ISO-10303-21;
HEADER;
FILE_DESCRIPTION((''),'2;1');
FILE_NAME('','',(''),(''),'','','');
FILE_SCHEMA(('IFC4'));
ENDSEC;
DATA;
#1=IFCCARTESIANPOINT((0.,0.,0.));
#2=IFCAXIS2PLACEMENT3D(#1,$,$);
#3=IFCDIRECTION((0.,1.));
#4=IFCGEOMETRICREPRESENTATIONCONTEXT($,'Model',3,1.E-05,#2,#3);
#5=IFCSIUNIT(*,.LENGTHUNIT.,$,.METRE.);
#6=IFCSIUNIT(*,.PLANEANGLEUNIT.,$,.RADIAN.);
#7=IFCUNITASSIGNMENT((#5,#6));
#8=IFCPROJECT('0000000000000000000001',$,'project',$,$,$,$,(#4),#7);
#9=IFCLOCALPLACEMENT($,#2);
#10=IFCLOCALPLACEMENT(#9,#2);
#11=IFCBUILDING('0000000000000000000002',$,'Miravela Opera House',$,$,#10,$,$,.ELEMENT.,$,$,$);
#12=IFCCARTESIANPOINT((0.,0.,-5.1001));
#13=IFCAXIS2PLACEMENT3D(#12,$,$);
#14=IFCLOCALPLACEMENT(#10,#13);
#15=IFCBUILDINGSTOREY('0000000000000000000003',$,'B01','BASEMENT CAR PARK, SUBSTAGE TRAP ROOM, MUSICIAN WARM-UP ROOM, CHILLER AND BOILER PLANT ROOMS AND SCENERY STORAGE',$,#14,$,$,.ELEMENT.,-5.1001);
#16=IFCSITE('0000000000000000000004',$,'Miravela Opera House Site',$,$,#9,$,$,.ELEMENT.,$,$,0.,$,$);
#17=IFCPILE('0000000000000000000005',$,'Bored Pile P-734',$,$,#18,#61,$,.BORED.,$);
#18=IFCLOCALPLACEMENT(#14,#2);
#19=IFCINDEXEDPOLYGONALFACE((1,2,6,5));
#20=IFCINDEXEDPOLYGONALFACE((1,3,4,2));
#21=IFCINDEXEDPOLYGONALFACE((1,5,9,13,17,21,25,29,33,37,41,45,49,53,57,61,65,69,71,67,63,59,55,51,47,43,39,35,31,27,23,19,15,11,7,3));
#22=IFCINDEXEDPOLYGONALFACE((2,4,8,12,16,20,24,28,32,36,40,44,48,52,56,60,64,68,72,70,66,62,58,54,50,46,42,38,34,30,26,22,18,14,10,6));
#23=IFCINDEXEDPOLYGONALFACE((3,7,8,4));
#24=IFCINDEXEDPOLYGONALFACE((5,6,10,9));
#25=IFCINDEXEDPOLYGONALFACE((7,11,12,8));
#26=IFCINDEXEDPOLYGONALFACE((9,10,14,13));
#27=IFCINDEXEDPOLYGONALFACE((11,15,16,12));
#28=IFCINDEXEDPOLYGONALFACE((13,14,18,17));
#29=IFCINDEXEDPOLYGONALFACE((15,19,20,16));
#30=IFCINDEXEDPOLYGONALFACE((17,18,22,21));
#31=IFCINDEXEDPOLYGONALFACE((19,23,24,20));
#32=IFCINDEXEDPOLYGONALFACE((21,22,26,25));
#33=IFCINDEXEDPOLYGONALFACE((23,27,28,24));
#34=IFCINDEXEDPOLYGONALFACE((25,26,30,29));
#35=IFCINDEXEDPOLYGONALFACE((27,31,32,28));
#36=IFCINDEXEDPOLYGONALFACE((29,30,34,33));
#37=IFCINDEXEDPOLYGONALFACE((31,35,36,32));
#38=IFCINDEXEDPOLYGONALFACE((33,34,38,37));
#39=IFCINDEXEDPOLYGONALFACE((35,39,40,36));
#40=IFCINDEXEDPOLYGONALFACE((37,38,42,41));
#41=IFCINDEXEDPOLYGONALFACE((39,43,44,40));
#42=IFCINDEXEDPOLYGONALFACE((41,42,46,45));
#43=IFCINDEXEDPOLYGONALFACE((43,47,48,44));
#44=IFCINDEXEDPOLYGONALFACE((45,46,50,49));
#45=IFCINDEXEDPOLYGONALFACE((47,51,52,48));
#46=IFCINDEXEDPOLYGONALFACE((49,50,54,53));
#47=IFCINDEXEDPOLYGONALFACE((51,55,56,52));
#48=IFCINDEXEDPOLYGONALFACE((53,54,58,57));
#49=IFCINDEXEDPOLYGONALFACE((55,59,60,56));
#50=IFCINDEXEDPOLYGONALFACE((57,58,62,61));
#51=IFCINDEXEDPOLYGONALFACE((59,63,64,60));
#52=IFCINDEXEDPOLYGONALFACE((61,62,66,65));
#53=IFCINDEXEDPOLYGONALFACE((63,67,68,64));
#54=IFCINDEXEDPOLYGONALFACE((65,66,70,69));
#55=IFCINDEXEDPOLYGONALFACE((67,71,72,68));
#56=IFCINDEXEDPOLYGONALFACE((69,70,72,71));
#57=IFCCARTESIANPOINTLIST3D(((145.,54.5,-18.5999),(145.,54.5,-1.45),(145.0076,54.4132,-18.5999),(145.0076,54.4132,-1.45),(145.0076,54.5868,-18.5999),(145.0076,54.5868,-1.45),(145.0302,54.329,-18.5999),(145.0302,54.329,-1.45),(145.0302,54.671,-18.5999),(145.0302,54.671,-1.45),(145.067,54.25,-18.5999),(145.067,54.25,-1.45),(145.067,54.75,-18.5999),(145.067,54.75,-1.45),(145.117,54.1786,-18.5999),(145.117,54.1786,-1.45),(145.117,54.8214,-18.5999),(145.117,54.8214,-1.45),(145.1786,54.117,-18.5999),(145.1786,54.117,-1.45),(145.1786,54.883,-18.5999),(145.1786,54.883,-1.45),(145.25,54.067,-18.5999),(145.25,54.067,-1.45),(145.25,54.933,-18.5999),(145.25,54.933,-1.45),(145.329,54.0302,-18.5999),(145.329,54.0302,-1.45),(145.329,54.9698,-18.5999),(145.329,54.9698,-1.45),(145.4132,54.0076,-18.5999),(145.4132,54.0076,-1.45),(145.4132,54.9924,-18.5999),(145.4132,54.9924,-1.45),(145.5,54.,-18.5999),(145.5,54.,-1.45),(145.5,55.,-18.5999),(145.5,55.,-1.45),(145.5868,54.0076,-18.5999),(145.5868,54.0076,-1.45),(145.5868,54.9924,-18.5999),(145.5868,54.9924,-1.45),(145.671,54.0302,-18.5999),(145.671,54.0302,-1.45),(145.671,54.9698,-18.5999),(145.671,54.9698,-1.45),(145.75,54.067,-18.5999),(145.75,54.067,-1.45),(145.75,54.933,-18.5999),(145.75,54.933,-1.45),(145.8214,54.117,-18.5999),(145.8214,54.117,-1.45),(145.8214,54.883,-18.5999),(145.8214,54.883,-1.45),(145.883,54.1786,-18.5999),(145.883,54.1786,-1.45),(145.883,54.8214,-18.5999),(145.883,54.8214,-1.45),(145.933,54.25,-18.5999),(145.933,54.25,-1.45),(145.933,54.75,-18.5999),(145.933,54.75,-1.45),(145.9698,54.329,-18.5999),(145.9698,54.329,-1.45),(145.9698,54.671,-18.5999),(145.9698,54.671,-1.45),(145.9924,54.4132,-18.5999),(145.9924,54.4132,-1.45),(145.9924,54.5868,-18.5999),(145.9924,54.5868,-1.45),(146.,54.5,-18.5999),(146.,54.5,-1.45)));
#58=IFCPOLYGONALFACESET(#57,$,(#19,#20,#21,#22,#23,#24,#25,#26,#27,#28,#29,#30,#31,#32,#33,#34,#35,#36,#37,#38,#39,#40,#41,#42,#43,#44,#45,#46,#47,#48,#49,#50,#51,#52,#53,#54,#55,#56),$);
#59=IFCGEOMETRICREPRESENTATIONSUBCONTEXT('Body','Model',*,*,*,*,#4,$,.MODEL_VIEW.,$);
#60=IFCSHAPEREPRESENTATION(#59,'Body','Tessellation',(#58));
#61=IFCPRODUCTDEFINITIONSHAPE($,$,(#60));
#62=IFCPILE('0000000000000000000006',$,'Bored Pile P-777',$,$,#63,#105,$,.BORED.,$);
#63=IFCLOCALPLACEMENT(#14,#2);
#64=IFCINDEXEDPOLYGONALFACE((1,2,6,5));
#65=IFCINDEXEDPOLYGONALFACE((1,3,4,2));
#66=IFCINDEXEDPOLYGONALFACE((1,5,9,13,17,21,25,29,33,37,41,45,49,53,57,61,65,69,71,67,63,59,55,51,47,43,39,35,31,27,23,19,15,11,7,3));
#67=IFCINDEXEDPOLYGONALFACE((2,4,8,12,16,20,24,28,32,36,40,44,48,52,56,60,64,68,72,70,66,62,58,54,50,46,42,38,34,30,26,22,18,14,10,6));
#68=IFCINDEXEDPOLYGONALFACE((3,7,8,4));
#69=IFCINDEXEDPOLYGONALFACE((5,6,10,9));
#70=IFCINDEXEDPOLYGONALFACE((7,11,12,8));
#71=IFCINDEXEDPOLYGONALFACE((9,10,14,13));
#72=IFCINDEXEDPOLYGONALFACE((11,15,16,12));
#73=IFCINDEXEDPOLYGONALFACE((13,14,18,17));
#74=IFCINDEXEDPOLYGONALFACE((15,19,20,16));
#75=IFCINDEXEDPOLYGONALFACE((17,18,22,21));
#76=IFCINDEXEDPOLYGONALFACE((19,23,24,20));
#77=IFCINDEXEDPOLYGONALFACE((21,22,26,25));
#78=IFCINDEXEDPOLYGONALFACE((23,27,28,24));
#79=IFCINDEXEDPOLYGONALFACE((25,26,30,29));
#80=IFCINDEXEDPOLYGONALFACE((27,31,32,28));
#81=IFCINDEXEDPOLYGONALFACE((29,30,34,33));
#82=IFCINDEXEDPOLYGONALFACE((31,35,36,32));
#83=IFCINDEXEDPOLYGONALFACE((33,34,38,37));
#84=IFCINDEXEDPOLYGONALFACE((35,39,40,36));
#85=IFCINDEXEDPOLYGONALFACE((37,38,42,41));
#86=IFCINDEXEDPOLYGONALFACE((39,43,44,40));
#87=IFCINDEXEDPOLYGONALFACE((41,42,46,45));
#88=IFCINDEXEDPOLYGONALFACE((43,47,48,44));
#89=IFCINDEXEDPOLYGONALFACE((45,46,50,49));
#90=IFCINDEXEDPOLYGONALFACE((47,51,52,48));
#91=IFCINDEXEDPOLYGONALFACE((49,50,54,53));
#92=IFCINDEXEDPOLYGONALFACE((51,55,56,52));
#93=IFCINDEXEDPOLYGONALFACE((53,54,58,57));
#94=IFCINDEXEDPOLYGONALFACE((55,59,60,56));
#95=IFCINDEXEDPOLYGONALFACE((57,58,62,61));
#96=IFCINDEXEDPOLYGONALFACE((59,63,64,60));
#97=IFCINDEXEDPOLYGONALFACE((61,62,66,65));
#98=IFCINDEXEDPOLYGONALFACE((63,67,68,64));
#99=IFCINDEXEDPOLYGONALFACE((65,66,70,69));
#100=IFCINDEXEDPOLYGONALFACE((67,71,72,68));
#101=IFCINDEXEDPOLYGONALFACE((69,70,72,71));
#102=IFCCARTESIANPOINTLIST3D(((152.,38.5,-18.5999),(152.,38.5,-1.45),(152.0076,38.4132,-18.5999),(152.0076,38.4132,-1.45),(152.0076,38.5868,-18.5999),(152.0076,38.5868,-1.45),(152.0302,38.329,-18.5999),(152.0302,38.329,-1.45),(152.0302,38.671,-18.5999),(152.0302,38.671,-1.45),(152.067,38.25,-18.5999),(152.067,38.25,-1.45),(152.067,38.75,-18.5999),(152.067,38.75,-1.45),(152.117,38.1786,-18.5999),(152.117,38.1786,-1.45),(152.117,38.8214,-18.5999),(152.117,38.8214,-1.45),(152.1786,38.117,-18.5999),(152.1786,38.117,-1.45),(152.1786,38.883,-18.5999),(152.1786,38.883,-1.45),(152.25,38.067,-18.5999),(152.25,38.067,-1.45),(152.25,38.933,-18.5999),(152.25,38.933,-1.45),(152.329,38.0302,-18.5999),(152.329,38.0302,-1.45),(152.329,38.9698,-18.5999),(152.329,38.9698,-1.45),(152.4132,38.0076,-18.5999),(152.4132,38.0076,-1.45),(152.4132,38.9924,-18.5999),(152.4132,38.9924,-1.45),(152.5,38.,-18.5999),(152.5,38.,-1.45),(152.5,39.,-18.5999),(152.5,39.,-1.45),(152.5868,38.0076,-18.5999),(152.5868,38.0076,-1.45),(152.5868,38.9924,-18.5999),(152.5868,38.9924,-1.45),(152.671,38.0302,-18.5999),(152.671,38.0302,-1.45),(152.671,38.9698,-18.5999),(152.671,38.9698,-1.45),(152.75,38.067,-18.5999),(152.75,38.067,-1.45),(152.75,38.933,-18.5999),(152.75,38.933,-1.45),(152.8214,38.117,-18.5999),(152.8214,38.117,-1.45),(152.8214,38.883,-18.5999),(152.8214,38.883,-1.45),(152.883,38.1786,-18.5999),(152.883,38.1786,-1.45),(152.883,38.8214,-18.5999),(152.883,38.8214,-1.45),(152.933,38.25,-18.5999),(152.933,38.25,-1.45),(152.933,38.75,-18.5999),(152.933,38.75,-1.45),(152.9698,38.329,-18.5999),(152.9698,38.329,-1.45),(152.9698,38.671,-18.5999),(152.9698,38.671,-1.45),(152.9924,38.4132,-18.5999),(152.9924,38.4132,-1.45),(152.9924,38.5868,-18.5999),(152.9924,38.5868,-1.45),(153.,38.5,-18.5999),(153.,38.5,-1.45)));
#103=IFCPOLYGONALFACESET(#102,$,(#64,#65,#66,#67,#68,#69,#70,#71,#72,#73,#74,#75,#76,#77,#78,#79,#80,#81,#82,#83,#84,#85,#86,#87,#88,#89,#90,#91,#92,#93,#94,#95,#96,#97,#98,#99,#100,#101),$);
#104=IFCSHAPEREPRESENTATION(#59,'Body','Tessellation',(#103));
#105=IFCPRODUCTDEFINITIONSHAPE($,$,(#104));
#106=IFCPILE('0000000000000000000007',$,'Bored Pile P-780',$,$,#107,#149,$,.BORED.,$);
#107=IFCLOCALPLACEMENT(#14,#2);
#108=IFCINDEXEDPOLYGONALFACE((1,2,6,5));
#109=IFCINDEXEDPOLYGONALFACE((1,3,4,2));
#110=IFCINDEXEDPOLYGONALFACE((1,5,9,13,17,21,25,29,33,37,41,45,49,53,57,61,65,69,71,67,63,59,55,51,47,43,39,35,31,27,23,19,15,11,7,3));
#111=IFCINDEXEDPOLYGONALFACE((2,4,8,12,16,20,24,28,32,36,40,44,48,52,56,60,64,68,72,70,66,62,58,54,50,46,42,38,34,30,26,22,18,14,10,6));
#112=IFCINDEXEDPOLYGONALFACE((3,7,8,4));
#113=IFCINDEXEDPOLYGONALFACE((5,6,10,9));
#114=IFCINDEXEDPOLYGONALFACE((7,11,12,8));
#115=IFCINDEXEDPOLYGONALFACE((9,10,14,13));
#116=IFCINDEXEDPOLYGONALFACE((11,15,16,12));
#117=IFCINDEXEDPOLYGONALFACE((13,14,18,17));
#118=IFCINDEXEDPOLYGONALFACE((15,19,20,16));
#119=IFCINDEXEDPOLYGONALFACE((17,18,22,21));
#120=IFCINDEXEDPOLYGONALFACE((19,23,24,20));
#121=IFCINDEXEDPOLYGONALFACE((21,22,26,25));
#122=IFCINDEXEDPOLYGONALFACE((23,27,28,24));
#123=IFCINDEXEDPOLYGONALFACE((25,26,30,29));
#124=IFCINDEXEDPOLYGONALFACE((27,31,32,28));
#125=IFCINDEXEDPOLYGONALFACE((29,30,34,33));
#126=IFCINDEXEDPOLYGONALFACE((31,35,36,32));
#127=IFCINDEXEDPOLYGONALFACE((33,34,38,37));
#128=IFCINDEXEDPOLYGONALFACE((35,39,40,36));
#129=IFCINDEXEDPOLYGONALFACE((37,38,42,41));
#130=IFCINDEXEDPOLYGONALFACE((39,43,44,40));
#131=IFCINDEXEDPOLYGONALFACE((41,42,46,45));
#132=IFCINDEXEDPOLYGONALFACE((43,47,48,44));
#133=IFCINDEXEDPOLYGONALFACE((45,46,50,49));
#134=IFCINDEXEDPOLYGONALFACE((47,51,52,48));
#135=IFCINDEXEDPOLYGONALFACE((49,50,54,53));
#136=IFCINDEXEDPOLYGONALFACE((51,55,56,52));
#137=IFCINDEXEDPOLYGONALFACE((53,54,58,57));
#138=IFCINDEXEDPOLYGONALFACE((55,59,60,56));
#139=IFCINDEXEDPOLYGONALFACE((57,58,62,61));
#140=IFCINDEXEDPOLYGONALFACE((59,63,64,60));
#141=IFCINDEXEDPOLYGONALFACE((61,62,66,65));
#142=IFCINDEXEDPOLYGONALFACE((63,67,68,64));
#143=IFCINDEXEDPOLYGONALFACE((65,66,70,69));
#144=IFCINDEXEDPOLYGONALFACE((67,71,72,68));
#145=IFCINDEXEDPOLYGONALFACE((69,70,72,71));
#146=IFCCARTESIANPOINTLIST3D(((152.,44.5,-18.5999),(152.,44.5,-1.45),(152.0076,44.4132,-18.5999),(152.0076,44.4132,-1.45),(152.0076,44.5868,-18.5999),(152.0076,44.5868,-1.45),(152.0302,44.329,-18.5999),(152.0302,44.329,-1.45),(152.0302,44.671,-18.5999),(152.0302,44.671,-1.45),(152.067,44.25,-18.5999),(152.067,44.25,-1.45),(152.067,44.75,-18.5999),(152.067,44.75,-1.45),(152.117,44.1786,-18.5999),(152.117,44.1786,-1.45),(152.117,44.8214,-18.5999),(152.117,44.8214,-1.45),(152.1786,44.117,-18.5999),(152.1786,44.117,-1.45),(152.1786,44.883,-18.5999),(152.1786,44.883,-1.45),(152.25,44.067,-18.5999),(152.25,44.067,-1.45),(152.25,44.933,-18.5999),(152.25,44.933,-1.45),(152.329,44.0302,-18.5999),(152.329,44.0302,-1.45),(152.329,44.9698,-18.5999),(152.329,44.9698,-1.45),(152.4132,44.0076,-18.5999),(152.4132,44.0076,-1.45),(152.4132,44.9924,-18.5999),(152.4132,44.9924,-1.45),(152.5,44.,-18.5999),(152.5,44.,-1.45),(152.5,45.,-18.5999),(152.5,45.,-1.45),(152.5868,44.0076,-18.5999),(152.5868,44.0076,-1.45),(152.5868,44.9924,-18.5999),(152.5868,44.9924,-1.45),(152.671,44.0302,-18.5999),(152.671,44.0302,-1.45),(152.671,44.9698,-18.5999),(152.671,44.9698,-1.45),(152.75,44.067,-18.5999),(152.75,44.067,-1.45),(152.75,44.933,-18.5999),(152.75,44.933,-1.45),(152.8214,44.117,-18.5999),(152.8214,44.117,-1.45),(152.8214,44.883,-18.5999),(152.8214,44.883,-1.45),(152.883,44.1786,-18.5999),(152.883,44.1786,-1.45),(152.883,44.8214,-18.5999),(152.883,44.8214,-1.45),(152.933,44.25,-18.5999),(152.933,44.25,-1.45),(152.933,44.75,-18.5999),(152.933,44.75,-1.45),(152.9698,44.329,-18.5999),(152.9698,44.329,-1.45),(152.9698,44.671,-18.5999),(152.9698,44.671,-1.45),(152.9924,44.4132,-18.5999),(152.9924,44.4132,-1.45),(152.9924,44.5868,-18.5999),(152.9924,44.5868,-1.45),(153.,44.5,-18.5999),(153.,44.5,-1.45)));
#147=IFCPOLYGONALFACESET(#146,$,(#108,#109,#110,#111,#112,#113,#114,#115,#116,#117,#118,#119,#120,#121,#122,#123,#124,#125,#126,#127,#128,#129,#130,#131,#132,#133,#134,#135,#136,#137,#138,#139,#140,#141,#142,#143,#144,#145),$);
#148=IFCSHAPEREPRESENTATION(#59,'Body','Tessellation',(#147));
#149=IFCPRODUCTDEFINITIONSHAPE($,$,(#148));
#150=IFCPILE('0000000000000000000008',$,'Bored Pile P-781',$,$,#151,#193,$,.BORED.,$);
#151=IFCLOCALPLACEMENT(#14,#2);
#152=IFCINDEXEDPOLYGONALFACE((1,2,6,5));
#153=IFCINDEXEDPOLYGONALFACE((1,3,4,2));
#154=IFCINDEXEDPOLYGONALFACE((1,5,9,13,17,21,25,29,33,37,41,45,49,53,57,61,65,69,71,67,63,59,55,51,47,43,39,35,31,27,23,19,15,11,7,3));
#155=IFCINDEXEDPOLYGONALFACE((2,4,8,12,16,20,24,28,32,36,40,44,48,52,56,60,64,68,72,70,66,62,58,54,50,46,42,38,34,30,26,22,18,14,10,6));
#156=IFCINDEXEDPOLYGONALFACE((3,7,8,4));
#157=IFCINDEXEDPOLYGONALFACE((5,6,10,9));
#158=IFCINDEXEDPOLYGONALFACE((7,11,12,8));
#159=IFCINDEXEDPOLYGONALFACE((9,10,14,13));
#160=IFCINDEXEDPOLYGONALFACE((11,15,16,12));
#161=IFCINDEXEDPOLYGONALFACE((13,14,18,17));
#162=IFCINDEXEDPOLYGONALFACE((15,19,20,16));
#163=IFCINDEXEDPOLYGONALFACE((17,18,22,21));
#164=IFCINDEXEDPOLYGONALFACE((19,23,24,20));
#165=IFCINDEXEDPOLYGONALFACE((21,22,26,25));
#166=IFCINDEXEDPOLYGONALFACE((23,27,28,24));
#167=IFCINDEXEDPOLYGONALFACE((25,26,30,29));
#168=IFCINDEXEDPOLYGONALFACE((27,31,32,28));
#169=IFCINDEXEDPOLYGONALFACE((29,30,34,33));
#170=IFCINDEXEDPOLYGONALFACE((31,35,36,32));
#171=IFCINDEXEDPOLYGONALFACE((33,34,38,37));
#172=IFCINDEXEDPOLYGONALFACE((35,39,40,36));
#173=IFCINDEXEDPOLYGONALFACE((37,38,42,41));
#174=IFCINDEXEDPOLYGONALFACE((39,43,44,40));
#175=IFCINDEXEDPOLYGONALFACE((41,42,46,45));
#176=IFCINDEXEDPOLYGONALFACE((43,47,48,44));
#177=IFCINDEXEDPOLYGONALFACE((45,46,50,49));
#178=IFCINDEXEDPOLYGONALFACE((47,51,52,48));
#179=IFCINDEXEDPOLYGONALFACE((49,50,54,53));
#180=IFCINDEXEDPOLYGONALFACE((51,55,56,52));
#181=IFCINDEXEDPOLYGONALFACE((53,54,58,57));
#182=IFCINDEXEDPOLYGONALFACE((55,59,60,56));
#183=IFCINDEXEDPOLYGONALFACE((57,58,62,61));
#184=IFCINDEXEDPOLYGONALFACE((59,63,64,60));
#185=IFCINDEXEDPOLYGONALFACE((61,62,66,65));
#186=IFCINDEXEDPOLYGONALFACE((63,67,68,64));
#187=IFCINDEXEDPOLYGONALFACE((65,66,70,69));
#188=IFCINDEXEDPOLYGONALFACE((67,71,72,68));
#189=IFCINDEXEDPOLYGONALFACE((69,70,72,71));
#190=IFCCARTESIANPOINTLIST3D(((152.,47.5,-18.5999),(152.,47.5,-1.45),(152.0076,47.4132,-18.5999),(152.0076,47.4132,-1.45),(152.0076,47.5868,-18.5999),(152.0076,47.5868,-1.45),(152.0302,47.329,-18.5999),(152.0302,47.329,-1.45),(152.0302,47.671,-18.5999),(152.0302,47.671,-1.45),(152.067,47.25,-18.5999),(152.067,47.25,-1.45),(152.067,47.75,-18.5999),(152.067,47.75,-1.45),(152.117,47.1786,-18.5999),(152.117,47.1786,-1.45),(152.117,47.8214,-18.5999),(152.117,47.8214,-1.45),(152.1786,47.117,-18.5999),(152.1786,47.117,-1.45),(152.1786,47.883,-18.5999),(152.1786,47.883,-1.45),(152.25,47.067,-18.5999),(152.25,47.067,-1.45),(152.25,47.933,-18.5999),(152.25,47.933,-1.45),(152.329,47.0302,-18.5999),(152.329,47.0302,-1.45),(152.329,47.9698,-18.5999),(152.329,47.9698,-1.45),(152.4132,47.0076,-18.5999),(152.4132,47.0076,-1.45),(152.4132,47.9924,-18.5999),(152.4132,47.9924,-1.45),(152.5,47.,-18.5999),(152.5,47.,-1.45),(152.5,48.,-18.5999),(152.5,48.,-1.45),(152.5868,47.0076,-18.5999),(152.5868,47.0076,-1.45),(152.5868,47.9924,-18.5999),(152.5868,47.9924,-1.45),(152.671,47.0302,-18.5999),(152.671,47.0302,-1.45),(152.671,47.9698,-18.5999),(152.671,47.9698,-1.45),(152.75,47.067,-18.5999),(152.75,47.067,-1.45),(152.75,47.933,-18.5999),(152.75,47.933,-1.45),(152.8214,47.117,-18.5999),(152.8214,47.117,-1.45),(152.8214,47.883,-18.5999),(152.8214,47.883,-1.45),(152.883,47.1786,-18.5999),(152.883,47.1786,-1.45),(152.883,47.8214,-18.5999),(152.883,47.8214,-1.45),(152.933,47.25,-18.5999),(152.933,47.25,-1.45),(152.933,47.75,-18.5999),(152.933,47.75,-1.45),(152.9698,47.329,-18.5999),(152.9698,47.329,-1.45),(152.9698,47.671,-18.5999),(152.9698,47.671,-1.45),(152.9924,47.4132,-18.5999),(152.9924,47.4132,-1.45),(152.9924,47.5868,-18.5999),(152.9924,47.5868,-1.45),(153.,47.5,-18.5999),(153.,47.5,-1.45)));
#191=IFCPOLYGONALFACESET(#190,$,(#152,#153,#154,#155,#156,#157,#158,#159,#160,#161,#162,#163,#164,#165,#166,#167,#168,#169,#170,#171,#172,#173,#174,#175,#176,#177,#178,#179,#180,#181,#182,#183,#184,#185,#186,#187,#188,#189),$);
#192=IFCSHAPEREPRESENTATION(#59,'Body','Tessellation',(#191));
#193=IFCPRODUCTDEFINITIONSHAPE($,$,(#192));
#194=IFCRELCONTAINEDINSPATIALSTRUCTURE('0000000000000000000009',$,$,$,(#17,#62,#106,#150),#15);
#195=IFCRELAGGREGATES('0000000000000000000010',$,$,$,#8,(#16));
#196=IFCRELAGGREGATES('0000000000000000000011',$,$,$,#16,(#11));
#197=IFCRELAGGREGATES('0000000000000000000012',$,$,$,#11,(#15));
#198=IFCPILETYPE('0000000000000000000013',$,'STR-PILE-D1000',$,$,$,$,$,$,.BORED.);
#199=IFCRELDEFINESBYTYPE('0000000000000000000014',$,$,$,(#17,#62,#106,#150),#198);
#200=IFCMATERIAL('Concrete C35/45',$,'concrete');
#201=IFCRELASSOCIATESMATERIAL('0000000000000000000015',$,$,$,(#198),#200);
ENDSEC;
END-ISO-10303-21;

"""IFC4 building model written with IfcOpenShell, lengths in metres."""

from ifc_helpers import new_model, si_unit, direction, frame, origin, origin_2d, place, context, subcontext, project, spatial, circle, extrude, material, material_profile, profile_set, type_object, element, save


model = new_model("IFC4")

# Units and contexts
model_context = context("Model", 3, precision=1e-05, world=origin(), true_north=direction((0.0, 1.0)))
body_context = subcontext(model_context, "Body", "Model", "MODEL_VIEW")
ifc_project = project(units=[si_unit("LENGTHUNIT", "METRE"), si_unit("PLANEANGLEUNIT", "RADIAN")], contexts=[model_context])

# Site, building, storey
site_placement = place(None, origin())
site = spatial("IfcSite", under=ifc_project, at=site_placement, Name="Miravela Opera House Site", CompositionType="ELEMENT", RefElevation=0.0)
building_placement = place(site_placement, origin())
building = spatial("IfcBuilding", under=site, at=building_placement, Name="Miravela Opera House", CompositionType="ELEMENT")
storey_placement = place(building_placement, frame((0.0, 0.0, -5.1001)))
storey = spatial("IfcBuildingStorey", under=building, at=storey_placement, Name="B01", Description="BASEMENT CAR PARK, SUBSTAGE TRAP ROOM, MUSICIAN WARM-UP ROOM, CHILLER AND BOILER PLANT ROOMS AND SCENERY STORAGE", CompositionType="ELEMENT", Elevation=-5.1001)

# Shared definitions
ifc_material_1 = material(Name="Concrete C35/45", Category="concrete")

# Piles
ifc_material_profile_1 = material_profile(ifc_material_1, circle(Radius=0.5, at=origin_2d()), Name="PILE-D1000")
ifc_profile_set_1 = profile_set([ifc_material_profile_1])
pile_type = type_object("IfcPileType", Name="STR-PILE-D1000", PredefinedType="BORED", material=ifc_profile_set_1)
for number, where, z_axis, x_axis, name in (
    (1, (145.5, 54.5, -1.45), (0.0, 0.0, -1.0), (1.0, 0.0, 0.0), "Bored Pile P-734"),
    (2, (152.5, 38.5, -1.45), (0.0, 0.0, -1.0), (1.0, 0.0, 0.0), "Bored Pile P-777"),
    (3, (152.5, 44.5, -1.45), (0.0, 0.0, -1.0), (1.0, 0.0, 0.0), "Bored Pile P-780"),
    (4, (152.5, 47.5, -1.45), (0.0, 0.0, -1.0), (1.0, 0.0, 0.0), "Bored Pile P-781"),
):
    element("IfcPile", number, at=place(storey_placement, frame(where, z_axis=z_axis, x_axis=x_axis)), inside=storey, type_object=pile_type, Name=name, PredefinedType="BORED", context=body_context, shape_type="SweptSolid", body=[
        extrude(circle(Radius=0.5, at=origin_2d()), origin(), (0.0, 0.0, 1.0), 17.1499),
    ])

save(model, "model.ifc")
